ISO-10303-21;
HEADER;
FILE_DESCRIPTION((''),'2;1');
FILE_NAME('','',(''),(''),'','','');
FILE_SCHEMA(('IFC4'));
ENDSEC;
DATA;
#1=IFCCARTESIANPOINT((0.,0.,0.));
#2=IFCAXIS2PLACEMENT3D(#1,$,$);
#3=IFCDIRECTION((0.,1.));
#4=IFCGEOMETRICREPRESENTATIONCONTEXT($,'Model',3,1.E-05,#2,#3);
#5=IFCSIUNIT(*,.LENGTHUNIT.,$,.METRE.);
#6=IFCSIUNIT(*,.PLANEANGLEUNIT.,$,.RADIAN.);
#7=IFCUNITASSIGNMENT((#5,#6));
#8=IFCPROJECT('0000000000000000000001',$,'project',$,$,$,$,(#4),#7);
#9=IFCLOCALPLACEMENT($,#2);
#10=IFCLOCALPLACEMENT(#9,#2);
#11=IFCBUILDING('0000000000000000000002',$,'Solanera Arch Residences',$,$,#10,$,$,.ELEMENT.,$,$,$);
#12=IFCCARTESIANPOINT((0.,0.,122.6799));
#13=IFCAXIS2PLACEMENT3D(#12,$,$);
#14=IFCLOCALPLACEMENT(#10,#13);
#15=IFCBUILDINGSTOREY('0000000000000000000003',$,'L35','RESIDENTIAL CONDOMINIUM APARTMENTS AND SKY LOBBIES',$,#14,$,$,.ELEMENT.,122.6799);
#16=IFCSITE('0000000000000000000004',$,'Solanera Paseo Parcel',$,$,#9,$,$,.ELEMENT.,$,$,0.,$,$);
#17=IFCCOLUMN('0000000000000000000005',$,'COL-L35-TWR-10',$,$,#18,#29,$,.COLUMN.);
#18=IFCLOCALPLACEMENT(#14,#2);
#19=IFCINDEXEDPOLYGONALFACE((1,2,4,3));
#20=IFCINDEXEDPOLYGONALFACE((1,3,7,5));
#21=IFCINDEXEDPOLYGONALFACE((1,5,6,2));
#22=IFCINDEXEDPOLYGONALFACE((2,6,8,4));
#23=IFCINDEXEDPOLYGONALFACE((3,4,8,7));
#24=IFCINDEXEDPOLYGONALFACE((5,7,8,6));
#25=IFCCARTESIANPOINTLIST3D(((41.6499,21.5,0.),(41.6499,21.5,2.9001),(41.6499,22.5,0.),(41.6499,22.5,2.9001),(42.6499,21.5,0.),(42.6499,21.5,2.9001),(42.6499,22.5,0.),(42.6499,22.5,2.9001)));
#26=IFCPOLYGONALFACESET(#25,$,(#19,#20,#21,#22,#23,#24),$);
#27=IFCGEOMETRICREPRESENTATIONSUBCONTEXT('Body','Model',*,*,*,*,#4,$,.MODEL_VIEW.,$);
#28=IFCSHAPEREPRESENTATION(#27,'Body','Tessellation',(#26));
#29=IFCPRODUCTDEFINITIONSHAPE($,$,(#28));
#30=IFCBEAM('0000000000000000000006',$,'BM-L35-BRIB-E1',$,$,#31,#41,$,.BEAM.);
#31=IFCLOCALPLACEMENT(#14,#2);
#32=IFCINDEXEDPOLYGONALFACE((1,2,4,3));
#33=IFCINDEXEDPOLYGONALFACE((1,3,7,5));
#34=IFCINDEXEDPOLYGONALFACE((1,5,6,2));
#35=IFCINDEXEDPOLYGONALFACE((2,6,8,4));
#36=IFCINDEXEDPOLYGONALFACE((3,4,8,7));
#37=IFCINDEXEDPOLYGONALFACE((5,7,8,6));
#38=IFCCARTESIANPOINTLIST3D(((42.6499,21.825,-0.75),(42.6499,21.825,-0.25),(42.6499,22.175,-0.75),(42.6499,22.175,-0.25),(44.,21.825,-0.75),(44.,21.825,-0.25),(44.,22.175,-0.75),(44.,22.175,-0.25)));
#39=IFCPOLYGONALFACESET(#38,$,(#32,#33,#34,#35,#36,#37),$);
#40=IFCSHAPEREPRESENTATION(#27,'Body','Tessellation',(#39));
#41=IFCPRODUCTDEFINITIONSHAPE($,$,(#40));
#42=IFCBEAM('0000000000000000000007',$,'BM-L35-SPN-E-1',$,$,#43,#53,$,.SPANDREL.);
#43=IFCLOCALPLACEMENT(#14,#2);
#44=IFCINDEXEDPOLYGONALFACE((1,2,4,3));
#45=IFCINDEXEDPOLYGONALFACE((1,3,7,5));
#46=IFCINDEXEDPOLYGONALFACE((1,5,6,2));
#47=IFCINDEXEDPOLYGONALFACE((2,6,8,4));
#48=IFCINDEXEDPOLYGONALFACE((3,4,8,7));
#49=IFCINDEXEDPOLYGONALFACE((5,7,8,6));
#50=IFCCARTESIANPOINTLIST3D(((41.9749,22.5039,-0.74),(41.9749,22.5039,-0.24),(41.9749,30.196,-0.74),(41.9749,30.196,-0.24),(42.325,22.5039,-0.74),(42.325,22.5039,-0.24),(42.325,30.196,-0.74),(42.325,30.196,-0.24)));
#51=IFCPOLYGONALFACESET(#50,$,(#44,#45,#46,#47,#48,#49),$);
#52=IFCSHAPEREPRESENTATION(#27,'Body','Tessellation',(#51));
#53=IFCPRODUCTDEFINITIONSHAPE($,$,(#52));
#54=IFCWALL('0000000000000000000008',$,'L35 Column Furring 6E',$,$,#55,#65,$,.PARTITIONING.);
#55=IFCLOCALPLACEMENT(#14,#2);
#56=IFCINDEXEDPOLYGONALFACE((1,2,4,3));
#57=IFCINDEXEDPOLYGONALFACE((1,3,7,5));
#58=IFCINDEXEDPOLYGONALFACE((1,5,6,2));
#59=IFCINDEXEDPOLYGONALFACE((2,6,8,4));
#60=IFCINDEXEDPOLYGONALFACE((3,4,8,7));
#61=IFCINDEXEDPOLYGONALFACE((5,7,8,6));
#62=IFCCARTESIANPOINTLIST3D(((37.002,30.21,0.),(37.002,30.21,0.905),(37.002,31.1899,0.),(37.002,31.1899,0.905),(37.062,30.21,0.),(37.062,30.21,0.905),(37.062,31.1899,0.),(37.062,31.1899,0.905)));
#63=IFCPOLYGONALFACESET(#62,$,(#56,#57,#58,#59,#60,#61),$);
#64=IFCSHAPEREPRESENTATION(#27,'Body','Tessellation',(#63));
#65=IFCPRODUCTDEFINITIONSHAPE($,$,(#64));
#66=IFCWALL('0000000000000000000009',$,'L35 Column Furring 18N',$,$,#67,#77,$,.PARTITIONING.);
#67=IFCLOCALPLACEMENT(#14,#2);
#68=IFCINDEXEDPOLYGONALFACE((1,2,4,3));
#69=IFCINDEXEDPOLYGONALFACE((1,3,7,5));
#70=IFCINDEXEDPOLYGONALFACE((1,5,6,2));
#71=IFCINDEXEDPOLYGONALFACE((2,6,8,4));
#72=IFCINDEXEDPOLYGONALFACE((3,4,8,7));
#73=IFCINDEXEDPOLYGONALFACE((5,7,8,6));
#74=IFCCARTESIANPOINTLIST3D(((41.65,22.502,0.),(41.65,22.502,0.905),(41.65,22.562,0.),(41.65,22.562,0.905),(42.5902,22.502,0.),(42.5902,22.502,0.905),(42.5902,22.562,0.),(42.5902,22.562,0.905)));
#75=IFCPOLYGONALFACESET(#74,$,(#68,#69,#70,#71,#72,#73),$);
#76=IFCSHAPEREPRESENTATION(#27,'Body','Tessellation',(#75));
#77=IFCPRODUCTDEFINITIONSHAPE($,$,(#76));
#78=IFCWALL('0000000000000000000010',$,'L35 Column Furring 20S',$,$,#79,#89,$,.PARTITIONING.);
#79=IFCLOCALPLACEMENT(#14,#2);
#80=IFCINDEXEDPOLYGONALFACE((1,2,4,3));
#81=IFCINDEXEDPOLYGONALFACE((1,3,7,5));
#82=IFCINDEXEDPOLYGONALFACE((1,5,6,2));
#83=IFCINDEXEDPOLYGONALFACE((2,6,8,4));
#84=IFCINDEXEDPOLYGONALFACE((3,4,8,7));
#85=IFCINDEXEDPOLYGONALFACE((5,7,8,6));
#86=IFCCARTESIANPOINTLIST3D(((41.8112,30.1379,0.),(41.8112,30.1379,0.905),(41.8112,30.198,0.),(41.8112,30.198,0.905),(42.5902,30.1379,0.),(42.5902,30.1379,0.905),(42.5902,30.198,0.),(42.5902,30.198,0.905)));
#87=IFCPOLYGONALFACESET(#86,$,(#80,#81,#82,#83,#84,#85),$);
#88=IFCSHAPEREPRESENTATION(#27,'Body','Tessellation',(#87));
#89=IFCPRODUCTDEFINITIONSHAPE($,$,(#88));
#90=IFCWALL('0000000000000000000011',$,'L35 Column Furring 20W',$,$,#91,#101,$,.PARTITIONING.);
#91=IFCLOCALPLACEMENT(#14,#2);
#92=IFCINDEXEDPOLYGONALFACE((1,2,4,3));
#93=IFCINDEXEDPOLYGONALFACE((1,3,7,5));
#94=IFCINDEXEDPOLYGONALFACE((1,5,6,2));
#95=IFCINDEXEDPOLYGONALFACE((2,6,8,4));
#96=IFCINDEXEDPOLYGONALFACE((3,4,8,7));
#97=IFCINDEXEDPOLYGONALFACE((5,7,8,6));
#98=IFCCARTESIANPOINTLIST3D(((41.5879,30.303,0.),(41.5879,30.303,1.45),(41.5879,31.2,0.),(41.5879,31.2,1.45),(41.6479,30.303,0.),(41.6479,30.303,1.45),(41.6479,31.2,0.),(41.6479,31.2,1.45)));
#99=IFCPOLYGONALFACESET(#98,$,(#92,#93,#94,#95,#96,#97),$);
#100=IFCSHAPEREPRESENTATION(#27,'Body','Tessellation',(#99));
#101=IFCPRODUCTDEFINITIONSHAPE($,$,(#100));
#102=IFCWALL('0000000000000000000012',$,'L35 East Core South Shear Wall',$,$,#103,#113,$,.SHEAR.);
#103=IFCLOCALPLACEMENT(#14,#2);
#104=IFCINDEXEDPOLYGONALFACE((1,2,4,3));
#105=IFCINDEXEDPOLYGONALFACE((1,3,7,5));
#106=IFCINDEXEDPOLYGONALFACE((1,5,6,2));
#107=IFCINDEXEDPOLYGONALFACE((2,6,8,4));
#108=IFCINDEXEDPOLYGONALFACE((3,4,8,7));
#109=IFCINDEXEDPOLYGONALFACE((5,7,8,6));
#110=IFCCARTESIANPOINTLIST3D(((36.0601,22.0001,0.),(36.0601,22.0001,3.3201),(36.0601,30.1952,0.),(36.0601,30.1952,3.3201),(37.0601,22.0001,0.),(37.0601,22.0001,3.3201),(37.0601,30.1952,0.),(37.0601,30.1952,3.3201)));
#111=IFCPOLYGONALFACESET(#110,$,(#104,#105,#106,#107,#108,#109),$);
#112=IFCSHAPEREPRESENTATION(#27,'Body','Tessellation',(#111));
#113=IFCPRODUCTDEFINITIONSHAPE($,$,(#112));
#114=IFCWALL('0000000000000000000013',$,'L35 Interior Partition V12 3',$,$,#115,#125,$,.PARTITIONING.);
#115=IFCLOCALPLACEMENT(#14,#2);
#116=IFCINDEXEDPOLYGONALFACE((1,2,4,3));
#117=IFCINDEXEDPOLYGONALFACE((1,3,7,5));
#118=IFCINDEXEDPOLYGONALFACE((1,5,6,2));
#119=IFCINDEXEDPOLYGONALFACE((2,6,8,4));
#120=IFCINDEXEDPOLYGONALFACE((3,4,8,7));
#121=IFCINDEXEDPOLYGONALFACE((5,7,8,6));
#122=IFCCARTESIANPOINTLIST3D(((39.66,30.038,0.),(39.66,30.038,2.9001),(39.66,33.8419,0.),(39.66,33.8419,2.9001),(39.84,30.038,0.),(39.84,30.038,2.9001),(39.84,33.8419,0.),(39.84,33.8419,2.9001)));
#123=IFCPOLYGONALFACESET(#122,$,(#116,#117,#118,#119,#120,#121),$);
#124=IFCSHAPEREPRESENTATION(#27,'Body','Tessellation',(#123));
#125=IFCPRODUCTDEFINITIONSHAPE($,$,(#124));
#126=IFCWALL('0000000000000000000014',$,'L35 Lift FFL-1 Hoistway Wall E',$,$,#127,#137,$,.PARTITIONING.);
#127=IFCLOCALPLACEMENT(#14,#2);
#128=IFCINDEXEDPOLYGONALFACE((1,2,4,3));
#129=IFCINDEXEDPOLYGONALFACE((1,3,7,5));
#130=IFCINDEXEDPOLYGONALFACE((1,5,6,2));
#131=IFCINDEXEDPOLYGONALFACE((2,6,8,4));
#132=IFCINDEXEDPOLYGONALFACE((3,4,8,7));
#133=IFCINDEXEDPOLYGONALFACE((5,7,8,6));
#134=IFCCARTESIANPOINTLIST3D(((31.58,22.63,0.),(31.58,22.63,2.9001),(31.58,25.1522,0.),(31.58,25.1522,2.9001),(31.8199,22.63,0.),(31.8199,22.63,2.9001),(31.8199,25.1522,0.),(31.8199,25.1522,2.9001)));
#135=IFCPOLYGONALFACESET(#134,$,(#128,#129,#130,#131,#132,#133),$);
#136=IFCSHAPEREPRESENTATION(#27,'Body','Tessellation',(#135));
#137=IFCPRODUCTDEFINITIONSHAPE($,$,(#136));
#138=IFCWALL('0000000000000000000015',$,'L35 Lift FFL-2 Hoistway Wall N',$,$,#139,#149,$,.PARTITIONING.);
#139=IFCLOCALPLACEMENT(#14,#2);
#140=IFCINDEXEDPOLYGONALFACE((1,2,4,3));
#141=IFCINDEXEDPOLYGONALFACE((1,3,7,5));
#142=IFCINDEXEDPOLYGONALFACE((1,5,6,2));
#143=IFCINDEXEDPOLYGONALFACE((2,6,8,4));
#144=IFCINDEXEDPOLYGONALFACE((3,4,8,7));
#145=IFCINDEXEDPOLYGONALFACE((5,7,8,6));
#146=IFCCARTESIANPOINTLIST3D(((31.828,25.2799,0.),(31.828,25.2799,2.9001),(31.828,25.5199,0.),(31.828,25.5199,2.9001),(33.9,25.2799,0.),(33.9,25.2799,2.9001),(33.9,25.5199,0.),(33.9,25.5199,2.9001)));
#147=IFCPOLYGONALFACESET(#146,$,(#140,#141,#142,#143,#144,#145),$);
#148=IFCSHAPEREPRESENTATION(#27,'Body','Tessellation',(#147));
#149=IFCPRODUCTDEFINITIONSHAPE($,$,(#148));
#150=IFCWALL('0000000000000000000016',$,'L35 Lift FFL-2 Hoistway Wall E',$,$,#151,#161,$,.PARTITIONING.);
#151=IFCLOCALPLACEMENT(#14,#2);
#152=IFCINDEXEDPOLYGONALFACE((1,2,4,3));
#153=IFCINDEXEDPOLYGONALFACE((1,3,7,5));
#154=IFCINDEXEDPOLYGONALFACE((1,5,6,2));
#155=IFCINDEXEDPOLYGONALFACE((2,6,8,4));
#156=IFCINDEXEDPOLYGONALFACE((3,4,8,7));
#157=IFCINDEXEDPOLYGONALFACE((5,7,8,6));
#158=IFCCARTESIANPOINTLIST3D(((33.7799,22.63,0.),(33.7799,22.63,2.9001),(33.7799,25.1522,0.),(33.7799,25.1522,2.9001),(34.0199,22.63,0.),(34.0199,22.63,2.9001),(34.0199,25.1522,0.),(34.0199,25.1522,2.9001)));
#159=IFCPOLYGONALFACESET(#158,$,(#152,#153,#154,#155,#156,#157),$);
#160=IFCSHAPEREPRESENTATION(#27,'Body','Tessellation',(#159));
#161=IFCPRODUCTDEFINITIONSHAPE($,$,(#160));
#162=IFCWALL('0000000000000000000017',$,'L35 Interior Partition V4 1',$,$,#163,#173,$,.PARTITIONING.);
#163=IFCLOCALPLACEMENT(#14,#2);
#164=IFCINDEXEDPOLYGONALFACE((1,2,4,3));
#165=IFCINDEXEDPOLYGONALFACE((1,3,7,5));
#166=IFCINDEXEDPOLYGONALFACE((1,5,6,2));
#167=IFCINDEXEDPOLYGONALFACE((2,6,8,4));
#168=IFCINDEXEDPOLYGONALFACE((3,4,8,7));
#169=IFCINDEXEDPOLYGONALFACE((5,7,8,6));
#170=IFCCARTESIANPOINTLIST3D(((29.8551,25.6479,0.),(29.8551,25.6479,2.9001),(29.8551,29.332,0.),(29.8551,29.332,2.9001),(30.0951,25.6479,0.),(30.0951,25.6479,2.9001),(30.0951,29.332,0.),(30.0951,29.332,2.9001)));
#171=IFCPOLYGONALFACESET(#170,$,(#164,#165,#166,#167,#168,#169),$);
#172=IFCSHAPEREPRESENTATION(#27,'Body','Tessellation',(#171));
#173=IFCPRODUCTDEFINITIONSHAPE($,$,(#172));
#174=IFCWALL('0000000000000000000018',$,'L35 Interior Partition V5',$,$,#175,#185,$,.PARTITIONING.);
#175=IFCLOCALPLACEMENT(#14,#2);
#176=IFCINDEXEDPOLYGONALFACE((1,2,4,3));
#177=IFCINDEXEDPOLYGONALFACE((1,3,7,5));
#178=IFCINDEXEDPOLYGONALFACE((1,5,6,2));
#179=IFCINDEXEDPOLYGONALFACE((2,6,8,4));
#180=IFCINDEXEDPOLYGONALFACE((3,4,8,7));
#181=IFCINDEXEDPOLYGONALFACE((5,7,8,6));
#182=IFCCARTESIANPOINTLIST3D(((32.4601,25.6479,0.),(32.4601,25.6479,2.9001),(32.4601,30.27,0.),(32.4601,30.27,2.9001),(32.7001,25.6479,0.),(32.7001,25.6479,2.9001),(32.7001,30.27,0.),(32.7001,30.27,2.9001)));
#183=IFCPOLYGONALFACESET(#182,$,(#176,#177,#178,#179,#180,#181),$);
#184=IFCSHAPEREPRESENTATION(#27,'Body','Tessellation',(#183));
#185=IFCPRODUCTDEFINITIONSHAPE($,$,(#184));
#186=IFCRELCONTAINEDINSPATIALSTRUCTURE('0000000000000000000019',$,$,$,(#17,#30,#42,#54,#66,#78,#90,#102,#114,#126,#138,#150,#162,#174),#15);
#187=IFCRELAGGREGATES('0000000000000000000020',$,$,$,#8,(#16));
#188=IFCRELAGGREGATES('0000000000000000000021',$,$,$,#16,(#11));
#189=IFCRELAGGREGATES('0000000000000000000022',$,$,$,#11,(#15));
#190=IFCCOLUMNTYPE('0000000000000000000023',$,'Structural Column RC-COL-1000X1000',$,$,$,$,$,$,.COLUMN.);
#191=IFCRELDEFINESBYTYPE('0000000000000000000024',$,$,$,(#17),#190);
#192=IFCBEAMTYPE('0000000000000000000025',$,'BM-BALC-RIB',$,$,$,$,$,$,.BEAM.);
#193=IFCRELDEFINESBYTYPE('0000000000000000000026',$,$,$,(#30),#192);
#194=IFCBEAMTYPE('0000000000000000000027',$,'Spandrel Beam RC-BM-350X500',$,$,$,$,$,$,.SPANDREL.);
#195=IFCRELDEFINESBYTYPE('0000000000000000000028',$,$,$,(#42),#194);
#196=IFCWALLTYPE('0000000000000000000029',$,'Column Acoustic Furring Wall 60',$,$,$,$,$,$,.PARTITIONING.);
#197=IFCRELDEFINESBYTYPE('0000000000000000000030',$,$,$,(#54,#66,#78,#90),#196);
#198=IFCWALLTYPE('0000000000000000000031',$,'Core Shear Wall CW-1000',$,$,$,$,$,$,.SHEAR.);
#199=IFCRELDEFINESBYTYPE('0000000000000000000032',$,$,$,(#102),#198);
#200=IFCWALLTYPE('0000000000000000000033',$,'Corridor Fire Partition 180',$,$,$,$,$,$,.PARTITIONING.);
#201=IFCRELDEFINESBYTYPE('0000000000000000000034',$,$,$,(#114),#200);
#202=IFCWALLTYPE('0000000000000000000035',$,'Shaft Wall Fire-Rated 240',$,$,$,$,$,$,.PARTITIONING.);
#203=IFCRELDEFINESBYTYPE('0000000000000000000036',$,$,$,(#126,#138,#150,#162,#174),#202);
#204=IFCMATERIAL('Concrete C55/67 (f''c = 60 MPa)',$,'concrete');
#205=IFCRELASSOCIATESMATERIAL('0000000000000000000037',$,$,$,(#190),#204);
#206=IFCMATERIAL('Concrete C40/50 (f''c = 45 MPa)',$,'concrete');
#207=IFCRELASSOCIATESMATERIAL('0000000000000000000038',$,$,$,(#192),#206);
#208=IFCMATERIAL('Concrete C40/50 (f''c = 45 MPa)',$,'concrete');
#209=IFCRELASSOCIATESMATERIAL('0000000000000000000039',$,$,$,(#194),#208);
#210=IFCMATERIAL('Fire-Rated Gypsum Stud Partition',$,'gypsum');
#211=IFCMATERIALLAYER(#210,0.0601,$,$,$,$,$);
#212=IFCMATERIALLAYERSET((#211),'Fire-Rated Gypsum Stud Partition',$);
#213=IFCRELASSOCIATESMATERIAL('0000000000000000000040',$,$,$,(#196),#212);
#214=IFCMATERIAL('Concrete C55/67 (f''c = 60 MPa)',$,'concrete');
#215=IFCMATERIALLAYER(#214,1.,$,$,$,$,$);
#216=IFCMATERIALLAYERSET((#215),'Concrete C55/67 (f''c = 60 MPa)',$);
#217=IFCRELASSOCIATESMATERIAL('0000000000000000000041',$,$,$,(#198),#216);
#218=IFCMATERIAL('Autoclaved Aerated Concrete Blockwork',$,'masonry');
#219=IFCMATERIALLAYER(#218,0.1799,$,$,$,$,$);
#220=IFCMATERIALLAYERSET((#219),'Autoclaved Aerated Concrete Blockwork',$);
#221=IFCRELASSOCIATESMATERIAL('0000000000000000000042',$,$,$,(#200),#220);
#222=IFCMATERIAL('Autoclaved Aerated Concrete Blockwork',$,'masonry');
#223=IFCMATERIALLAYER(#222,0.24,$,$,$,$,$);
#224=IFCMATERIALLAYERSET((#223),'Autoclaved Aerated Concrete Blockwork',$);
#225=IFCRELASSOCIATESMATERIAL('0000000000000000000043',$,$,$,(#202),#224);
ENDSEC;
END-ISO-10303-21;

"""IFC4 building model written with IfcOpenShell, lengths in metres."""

from ifc_helpers import new_model, si_unit, direction, frame, frame_2d, origin, origin_2d, place, context, subcontext, project, spatial, rectangle, extrude, material, layer, layer_set, material_profile, profile_set, type_object, element, save


model = new_model("IFC4")

# Units and contexts
model_context = context("Model", 3, precision=1e-05, world=origin(), true_north=direction((0.0, 1.0)))
body_context = subcontext(model_context, "Body", "Model", "MODEL_VIEW")
ifc_project = project(units=[si_unit("LENGTHUNIT", "METRE"), si_unit("PLANEANGLEUNIT", "RADIAN")], contexts=[model_context])

# Site, building, storey
site_placement = place(None, origin())
site = spatial("IfcSite", under=ifc_project, at=site_placement, Name="Solanera Paseo Parcel", CompositionType="ELEMENT", RefElevation=0.0)
building_placement = place(site_placement, origin())
building = spatial("IfcBuilding", under=site, at=building_placement, Name="Solanera Arch Residences", CompositionType="ELEMENT")
storey_placement = place(building_placement, frame((0.0, 0.0, 122.6799)))
storey = spatial("IfcBuildingStorey", under=building, at=storey_placement, Name="L35", Description="RESIDENTIAL CONDOMINIUM APARTMENTS AND SKY LOBBIES", CompositionType="ELEMENT", Elevation=122.6799)

# Column
ifc_material_1 = material(Name="Concrete C55/67 (f'c = 60 MPa)", Category="concrete")
ifc_material_profile_1 = material_profile(ifc_material_1, rectangle(XDim=1.0, YDim=1.0, at=origin_2d()))
ifc_profile_set_1 = profile_set([ifc_material_profile_1], Name="Concrete C55/67 (f'c = 60 MPa)")
column_type = type_object("IfcColumnType", Name="Structural Column RC-COL-1000X1000", PredefinedType="COLUMN", material=ifc_profile_set_1)
column_placement = place(storey_placement, frame((42.1499, 22.0, 0.0), z_axis=(0.0, 0.0, 1.0), x_axis=(1.0, 0.0, 0.0)))
element("IfcColumn", 1, at=column_placement, inside=storey, type_object=column_type, Name="COL-L35-TWR-10", PredefinedType="COLUMN", context=body_context, shape_type="SweptSolid", body=[
    extrude(rectangle(XDim=1.0, YDim=1.0, at=origin_2d()), origin(), (0.0, 0.0, 1.0), 2.9001),
])

# Beams
ifc_material_2 = material(Name="Concrete C40/50 (f'c = 45 MPa)", Category="concrete")
ifc_material_profile_2 = material_profile(ifc_material_2, rectangle(XDim=0.3501, YDim=0.5, at=origin_2d()))
ifc_profile_set_2 = profile_set([ifc_material_profile_2], Name="Concrete C40/50 (f'c = 45 MPa)")
beam_type_1 = type_object("IfcBeamType", Name="BM-BALC-RIB", PredefinedType="BEAM", material=ifc_profile_set_2)
beam_1_placement = place(storey_placement, frame((42.6499, 22.0, -0.5), z_axis=(1.0, 0.0, 0.0), x_axis=(0.0, 1.0, 0.0)))
element("IfcBeam", 2, at=beam_1_placement, inside=storey, type_object=beam_type_1, Name="BM-L35-BRIB-E1", PredefinedType="BEAM", context=body_context, shape_type="SweptSolid", body=[
    extrude(rectangle(XDim=0.3501, YDim=0.5, at=origin_2d()), origin(), (0.0, 0.0, 1.0), 1.3501),
])
ifc_material_3 = material(Name="Concrete C40/50 (f'c = 45 MPa)", Category="concrete")
ifc_material_profile_3 = material_profile(ifc_material_3, rectangle(XDim=0.3501, YDim=0.5, at=origin_2d()))
ifc_profile_set_3 = profile_set([ifc_material_profile_3], Name="Concrete C40/50 (f'c = 45 MPa)")
beam_type_2 = type_object("IfcBeamType", Name="Spandrel Beam RC-BM-350X500", PredefinedType="SPANDREL", material=ifc_profile_set_3)
beam_2_placement = place(storey_placement, frame((42.1499, 22.5039, -0.49), z_axis=(0.0, 1.0, 0.0), x_axis=(-1.0, 0.0, 0.0)))
element("IfcBeam", 3, at=beam_2_placement, inside=storey, type_object=beam_type_2, Name="BM-L35-SPN-E-1", PredefinedType="SPANDREL", context=body_context, shape_type="SweptSolid", body=[
    extrude(rectangle(XDim=0.3501, YDim=0.5, at=origin_2d()), origin(), (0.0, 0.0, 1.0), 7.6921),
])

# Walls
ifc_material_4 = material(Name="Fire-Rated Gypsum Stud Partition", Category="gypsum")
ifc_layer_1 = layer(ifc_material_4, 0.0601)
ifc_layer_set_1 = layer_set([ifc_layer_1], Name="Fire-Rated Gypsum Stud Partition")
wall_type_1 = type_object("IfcWallType", Name="Column Acoustic Furring Wall 60", PredefinedType="PARTITIONING", material=ifc_layer_set_1)
wall_1_placement = place(storey_placement, frame((37.032, 30.21, 0.0), z_axis=(0.0, 0.0, 1.0), x_axis=(0.0, 1.0, 0.0)))
element("IfcWall", 4, at=wall_1_placement, inside=storey, type_object=wall_type_1, Name="L35 Column Furring 6E", PredefinedType="PARTITIONING", context=body_context, shape_type="SweptSolid", body=[
    extrude(rectangle(XDim=0.98, YDim=0.0601, at=frame_2d((0.49, 0.0))), origin(), (0.0, 0.0, 1.0), 0.905),
])
wall_2_placement = place(storey_placement, frame((41.6499, 22.532, 0.0), z_axis=(0.0, 0.0, 1.0), x_axis=(1.0, 0.0, 0.0)))
element("IfcWall", 5, at=wall_2_placement, inside=storey, type_object=wall_type_1, Name="L35 Column Furring 18N", PredefinedType="PARTITIONING", context=body_context, shape_type="SweptSolid", body=[
    extrude(rectangle(XDim=0.9402, YDim=0.0601, at=frame_2d((0.4702, 0.0))), origin(), (0.0, 0.0, 1.0), 0.905),
])
wall_3_placement = place(storey_placement, frame((41.811, 30.168, 0.0), z_axis=(0.0, 0.0, 1.0), x_axis=(1.0, 0.0, 0.0)))
element("IfcWall", 6, at=wall_3_placement, inside=storey, type_object=wall_type_1, Name="L35 Column Furring 20S", PredefinedType="PARTITIONING", context=body_context, shape_type="SweptSolid", body=[
    extrude(rectangle(XDim=0.7791, YDim=0.0601, at=frame_2d((0.3896, 0.0))), origin(), (0.0, 0.0, 1.0), 0.905),
])
wall_4_placement = place(storey_placement, frame((41.6179, 30.303, 0.0), z_axis=(0.0, 0.0, 1.0), x_axis=(0.0, 1.0, 0.0)))
element("IfcWall", 7, at=wall_4_placement, inside=storey, type_object=wall_type_1, Name="L35 Column Furring 20W", PredefinedType="PARTITIONING", context=body_context, shape_type="SweptSolid", body=[
    extrude(rectangle(XDim=0.897, YDim=0.0601, at=frame_2d((0.4485, 0.0))), origin(), (0.0, 0.0, 1.0), 1.45),
])
ifc_material_5 = material(Name="Concrete C55/67 (f'c = 60 MPa)", Category="concrete")
ifc_layer_2 = layer(ifc_material_5, 1.0)
ifc_layer_set_2 = layer_set([ifc_layer_2], Name="Concrete C55/67 (f'c = 60 MPa)")
wall_type_2 = type_object("IfcWallType", Name="Core Shear Wall CW-1000", PredefinedType="SHEAR", material=ifc_layer_set_2)
wall_5_placement = place(storey_placement, frame((36.5601, 22.0, 0.0), z_axis=(0.0, 0.0, 1.0), x_axis=(0.0, 1.0, 0.0)))
element("IfcWall", 8, at=wall_5_placement, inside=storey, type_object=wall_type_2, Name="L35 East Core South Shear Wall", PredefinedType="SHEAR", context=body_context, shape_type="SweptSolid", body=[
    extrude(rectangle(XDim=8.1951, YDim=1.0, at=frame_2d((4.0977, 0.0))), origin(), (0.0, 0.0, 1.0), 3.3201),
])

# Shared definitions
ifc_material_6 = material(Name="Autoclaved Aerated Concrete Blockwork", Category="masonry")
ifc_layer_3 = layer(ifc_material_6, 0.1799)
ifc_layer_set_3 = layer_set([ifc_layer_3], Name="Autoclaved Aerated Concrete Blockwork")
wall_type_3 = type_object("IfcWallType", Name="Corridor Fire Partition 180", PredefinedType="PARTITIONING", material=ifc_layer_set_3)

# Walls
wall_6_placement = place(storey_placement, frame((39.75, 30.0381, 0.0), z_axis=(0.0, 0.0, 1.0), x_axis=(0.0, 1.0, 0.0)))
element("IfcWall", 9, at=wall_6_placement, inside=storey, type_object=wall_type_3, Name="L35 Interior Partition V12 3", PredefinedType="PARTITIONING", context=body_context, shape_type="SweptSolid", body=[
    extrude(rectangle(XDim=3.804, YDim=0.1799, at=frame_2d((1.9019, 0.0))), origin(), (0.0, 0.0, 1.0), 2.9001),
])
ifc_material_7 = material(Name="Autoclaved Aerated Concrete Blockwork", Category="masonry")
ifc_layer_4 = layer(ifc_material_7, 0.24)
ifc_layer_set_4 = layer_set([ifc_layer_4], Name="Autoclaved Aerated Concrete Blockwork")
wall_type_4 = type_object("IfcWallType", Name="Shaft Wall Fire-Rated 240", PredefinedType="PARTITIONING", material=ifc_layer_set_4)
wall_7_placement = place(storey_placement, frame((31.7, 22.6299, 0.0), z_axis=(0.0, 0.0, 1.0), x_axis=(0.0, 1.0, 0.0)))
element("IfcWall", 10, at=wall_7_placement, inside=storey, type_object=wall_type_4, Name="L35 Lift FFL-1 Hoistway Wall E", PredefinedType="PARTITIONING", context=body_context, shape_type="SweptSolid", body=[
    extrude(rectangle(XDim=2.5222, YDim=0.24, at=frame_2d((1.2612, 0.0))), origin(), (0.0, 0.0, 1.0), 2.9001),
])
wall_8_placement = place(storey_placement, frame((31.8279, 25.3999, 0.0), z_axis=(0.0, 0.0, 1.0), x_axis=(1.0, 0.0, 0.0)))
element("IfcWall", 11, at=wall_8_placement, inside=storey, type_object=wall_type_4, Name="L35 Lift FFL-2 Hoistway Wall N", PredefinedType="PARTITIONING", context=body_context, shape_type="SweptSolid", body=[
    extrude(rectangle(XDim=2.072, YDim=0.24, at=frame_2d((1.0361, 0.0))), origin(), (0.0, 0.0, 1.0), 2.9001),
])
wall_9_placement = place(storey_placement, frame((33.8999, 22.6299, 0.0), z_axis=(0.0, 0.0, 1.0), x_axis=(0.0, 1.0, 0.0)))
element("IfcWall", 12, at=wall_9_placement, inside=storey, type_object=wall_type_4, Name="L35 Lift FFL-2 Hoistway Wall E", PredefinedType="PARTITIONING", context=body_context, shape_type="SweptSolid", body=[
    extrude(rectangle(XDim=2.5222, YDim=0.24, at=frame_2d((1.2612, 0.0))), origin(), (0.0, 0.0, 1.0), 2.9001),
])
wall_10_placement = place(storey_placement, frame((29.9751, 25.6479, 0.0), z_axis=(0.0, 0.0, 1.0), x_axis=(0.0, 1.0, 0.0)))
element("IfcWall", 13, at=wall_10_placement, inside=storey, type_object=wall_type_4, Name="L35 Interior Partition V4 1", PredefinedType="PARTITIONING", context=body_context, shape_type="SweptSolid", body=[
    extrude(rectangle(XDim=3.6841, YDim=0.24, at=frame_2d((1.842, 0.0))), origin(), (0.0, 0.0, 1.0), 2.9001),
])

# Wall
wall_11_placement = place(storey_placement, frame((32.5801, 25.6479, 0.0), z_axis=(0.0, 0.0, 1.0), x_axis=(0.0, 1.0, 0.0)))
element("IfcWall", 14, at=wall_11_placement, inside=storey, type_object=wall_type_4, Name="L35 Interior Partition V5", PredefinedType="PARTITIONING", context=body_context, shape_type="SweptSolid", body=[
    extrude(rectangle(XDim=4.6221, YDim=0.24, at=frame_2d((2.311, 0.0))), origin(), (0.0, 0.0, 1.0), 2.9001),
])

save(model, "model.ifc")
